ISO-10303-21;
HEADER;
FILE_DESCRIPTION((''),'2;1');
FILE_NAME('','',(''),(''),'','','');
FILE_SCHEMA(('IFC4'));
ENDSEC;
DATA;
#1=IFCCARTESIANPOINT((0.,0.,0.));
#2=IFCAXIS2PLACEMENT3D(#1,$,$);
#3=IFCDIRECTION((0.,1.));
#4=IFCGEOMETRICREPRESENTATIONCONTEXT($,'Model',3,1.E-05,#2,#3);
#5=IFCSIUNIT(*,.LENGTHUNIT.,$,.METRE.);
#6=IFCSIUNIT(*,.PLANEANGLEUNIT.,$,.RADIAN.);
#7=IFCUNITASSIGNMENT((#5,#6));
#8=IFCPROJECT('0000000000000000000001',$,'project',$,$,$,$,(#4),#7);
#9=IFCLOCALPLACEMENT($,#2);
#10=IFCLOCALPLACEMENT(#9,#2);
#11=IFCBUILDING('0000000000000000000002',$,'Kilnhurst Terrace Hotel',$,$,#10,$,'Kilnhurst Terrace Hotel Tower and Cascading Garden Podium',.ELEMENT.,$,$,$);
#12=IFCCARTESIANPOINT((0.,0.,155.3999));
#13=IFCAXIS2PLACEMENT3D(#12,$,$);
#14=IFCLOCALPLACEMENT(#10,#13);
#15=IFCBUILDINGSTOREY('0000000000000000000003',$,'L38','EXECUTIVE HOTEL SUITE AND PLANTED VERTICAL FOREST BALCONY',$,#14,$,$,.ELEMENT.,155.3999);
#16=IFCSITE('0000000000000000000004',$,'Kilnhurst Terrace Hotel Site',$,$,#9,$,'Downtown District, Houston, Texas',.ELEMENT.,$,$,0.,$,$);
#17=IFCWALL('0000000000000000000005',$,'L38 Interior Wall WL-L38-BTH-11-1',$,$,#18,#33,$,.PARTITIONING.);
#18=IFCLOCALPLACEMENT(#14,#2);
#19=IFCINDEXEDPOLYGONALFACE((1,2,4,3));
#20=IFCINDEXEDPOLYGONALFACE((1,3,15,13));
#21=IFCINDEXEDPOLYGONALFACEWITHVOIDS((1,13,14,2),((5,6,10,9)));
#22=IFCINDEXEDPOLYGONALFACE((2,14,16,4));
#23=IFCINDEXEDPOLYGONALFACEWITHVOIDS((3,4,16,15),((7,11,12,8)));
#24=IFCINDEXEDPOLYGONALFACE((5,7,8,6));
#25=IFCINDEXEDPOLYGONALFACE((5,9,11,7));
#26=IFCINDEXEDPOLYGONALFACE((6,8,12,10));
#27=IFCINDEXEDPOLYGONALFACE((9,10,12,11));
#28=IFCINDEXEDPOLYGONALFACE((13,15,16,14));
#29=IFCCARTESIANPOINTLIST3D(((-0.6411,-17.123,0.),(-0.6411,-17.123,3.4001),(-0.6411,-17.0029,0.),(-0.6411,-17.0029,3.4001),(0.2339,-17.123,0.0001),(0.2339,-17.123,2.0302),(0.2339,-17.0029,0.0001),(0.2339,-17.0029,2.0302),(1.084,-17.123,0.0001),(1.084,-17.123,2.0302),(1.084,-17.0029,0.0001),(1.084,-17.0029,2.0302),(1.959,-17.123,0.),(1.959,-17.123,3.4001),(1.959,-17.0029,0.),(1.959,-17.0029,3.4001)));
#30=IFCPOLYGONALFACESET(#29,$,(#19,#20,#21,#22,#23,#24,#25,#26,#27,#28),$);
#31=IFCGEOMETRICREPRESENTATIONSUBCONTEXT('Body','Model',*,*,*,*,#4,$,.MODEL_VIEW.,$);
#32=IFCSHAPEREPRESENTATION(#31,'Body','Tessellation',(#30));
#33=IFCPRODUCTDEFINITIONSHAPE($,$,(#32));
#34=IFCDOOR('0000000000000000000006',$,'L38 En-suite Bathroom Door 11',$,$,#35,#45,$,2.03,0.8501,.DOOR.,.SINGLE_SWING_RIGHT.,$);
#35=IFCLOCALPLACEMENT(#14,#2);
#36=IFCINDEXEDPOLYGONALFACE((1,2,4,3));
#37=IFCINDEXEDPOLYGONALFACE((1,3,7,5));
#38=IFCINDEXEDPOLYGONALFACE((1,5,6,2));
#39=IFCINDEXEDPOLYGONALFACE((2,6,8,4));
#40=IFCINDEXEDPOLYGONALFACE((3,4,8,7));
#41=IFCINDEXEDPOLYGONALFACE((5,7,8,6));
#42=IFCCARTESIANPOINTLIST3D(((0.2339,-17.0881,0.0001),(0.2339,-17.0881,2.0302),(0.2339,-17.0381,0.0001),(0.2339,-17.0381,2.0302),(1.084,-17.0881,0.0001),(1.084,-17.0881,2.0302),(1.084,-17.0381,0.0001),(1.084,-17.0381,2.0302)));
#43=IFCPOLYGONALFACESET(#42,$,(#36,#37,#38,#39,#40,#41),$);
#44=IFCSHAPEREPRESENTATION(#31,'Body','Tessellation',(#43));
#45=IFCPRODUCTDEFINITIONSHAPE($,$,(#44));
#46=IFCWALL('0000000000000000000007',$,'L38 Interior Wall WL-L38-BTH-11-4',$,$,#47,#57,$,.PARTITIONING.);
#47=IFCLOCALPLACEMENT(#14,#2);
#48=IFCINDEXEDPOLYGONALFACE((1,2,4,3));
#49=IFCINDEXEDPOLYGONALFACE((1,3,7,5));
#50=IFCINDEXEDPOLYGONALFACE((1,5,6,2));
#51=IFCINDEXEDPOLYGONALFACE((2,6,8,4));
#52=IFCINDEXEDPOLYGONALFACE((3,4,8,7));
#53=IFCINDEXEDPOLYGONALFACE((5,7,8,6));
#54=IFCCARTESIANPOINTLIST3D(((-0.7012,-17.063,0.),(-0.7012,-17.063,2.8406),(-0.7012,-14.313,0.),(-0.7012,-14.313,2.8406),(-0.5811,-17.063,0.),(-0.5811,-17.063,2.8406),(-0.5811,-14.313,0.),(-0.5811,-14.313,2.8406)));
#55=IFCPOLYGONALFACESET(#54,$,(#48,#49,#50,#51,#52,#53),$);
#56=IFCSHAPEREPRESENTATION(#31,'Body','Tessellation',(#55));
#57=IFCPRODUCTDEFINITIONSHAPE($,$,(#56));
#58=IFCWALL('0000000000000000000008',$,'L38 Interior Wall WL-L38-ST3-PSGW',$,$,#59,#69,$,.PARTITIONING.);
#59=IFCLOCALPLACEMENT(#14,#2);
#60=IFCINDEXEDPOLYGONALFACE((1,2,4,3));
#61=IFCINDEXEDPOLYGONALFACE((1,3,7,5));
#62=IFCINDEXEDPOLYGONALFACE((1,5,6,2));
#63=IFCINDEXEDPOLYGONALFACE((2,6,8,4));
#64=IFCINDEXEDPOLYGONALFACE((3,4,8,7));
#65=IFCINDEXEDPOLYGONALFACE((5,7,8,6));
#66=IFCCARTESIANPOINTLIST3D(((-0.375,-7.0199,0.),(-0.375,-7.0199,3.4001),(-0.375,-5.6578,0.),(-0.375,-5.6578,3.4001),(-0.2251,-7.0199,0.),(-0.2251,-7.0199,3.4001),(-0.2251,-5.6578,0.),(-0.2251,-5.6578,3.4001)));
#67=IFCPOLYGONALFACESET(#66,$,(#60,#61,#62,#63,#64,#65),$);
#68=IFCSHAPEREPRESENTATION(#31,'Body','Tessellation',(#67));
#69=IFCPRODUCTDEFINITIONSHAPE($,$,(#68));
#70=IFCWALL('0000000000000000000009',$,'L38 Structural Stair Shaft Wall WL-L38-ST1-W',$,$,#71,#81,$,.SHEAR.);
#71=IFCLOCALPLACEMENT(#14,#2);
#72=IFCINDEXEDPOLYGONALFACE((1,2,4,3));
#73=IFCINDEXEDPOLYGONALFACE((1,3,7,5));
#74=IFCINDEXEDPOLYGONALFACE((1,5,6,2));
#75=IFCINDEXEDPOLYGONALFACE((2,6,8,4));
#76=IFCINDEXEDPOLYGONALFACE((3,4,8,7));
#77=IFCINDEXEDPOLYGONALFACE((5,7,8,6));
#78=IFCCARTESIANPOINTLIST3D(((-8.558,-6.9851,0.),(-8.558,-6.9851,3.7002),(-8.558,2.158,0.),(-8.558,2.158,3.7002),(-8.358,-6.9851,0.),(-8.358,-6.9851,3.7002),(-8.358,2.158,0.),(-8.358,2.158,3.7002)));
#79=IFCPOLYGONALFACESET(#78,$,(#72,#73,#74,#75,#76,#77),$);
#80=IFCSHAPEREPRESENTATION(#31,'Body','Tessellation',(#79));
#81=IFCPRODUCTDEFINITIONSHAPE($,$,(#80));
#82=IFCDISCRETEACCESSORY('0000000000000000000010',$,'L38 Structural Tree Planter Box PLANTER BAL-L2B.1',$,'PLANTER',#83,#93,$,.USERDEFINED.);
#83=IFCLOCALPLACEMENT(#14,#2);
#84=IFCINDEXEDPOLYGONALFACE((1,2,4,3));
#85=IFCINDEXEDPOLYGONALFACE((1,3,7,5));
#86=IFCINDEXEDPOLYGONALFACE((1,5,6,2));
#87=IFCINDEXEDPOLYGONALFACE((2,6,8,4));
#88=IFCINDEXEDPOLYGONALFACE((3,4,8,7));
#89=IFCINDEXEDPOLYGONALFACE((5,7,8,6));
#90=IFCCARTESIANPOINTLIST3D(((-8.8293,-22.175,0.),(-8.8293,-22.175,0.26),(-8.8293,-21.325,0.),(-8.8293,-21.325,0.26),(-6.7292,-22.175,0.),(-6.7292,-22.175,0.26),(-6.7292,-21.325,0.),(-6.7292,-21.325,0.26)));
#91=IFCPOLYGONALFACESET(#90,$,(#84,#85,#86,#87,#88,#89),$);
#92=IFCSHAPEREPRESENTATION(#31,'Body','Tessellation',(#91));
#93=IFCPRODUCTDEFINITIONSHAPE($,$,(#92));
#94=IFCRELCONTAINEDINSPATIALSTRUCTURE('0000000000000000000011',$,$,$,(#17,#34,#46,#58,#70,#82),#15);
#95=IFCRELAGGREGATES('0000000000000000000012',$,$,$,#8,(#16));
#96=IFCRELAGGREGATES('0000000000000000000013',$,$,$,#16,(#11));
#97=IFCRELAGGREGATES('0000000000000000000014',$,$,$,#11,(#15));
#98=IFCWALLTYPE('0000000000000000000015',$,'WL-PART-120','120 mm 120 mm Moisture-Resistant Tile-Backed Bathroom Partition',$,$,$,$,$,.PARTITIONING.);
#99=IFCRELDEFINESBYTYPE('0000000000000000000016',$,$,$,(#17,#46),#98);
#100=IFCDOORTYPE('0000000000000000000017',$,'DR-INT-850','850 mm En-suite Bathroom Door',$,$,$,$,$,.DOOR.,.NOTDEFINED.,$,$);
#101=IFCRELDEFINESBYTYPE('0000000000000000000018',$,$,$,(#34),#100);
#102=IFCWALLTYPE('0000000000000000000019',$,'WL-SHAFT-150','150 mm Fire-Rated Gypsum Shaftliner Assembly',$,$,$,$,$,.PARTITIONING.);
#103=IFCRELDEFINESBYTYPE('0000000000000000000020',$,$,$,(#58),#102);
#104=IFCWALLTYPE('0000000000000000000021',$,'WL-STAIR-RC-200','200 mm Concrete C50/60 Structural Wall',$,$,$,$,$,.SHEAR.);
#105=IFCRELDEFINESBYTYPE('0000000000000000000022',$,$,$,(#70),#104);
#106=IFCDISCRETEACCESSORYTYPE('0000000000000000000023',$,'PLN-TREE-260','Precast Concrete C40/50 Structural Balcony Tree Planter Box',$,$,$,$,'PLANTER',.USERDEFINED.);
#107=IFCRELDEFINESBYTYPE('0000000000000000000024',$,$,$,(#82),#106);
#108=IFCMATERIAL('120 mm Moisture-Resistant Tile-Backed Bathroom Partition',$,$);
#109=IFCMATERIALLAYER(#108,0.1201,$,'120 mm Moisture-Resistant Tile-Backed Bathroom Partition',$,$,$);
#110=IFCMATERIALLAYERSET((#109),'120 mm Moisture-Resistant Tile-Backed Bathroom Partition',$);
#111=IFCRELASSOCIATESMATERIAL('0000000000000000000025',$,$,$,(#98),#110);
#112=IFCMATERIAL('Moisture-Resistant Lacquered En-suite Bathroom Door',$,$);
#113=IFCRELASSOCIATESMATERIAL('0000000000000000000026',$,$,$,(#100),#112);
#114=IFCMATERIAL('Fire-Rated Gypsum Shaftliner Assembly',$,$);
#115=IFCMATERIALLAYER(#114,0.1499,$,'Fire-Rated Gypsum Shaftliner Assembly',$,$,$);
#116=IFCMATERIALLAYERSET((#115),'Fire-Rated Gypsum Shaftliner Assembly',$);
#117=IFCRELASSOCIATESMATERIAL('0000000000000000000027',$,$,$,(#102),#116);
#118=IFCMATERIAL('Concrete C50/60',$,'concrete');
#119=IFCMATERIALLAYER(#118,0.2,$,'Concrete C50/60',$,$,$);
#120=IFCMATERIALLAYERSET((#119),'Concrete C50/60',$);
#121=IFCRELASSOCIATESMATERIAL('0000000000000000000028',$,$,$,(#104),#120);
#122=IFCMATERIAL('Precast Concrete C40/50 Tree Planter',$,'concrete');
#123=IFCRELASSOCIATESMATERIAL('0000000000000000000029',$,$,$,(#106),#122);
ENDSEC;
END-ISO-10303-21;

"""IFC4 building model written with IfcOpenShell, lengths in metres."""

from ifc_helpers import new_model, si_unit, direction, frame, frame_2d, origin, origin_2d, place, context, subcontext, project, spatial, rectangle, extrude, material, layer, layer_set, type_object, element, fill, save


model = new_model("IFC4")

# Units and contexts
model_context = context("Model", 3, precision=1e-05, world=origin(), true_north=direction((0.0, 1.0)))
body_context = subcontext(model_context, "Body", "Model", "MODEL_VIEW")
ifc_project = project(units=[si_unit("LENGTHUNIT", "METRE"), si_unit("PLANEANGLEUNIT", "RADIAN")], contexts=[model_context])

# Site, building, storey
site_placement = place(None, origin())
site = spatial("IfcSite", under=ifc_project, at=site_placement, Name="Kilnhurst Terrace Hotel Site", LongName="Downtown District, Houston, Texas", CompositionType="ELEMENT", RefElevation=0.0)
building_placement = place(site_placement, origin())
building = spatial("IfcBuilding", under=site, at=building_placement, Name="Kilnhurst Terrace Hotel", LongName="Kilnhurst Terrace Hotel Tower and Cascading Garden Podium", CompositionType="ELEMENT")
storey_placement = place(building_placement, frame((0.0, 0.0, 155.3999)))
storey = spatial("IfcBuildingStorey", under=building, at=storey_placement, Name="L38", Description="EXECUTIVE HOTEL SUITE AND PLANTED VERTICAL FOREST BALCONY", CompositionType="ELEMENT", Elevation=155.3999)

# Shared definitions
ifc_material_1 = material(Name="Concrete C50/60", Category="concrete")

# Shared definitions
ifc_material_2 = material(Name="120 mm Moisture-Resistant Tile-Backed Bathroom Partition")
ifc_layer_1 = layer(ifc_material_2, 0.1201, Name="120 mm Moisture-Resistant Tile-Backed Bathroom Partition")
ifc_layer_set_1 = layer_set([ifc_layer_1], Name="120 mm Moisture-Resistant Tile-Backed Bathroom Partition")
wall_type_1 = type_object("IfcWallType", Name="WL-PART-120", Description="120 mm 120 mm Moisture-Resistant Tile-Backed Bathroom Partition", PredefinedType="PARTITIONING", material=ifc_layer_set_1)

# Wall, opening, door
wall_1_placement = place(storey_placement, frame((-0.6411, -17.063, 0.0), z_axis=(0.0, 0.0, 1.0), x_axis=(1.0, 0.0, 0.0)))
wall_1 = element("IfcWall", 1, at=wall_1_placement, inside=storey, type_object=wall_type_1, Name="L38 Interior Wall WL-L38-BTH-11-1", PredefinedType="PARTITIONING", context=body_context, shape_type="SweptSolid", body=[
    extrude(rectangle(XDim=2.6001, YDim=0.1201, at=frame_2d((1.3, 0.0))), origin(), (0.0, 0.0, 1.0), 3.4001),
])
opening_1_placement = place(wall_1_placement, frame((0.875, 0.0, 0.0)))
opening_1 = element("IfcOpeningElement", 2, at=opening_1_placement, cuts=wall_1, PredefinedType="OPENING", context=body_context, shape_type="SweptSolid", body=[
    extrude(rectangle(XDim=0.8501, YDim=2.03, at=frame_2d((0.425, 1.0151))), frame((0.0, 0.0701, 0.0), z_axis=(0.0, -1.0, 0.0), x_axis=(1.0, 0.0, 0.0)), (0.0, 0.0, 1.0), 0.1401),
])
ifc_material_3 = material(Name="Moisture-Resistant Lacquered En-suite Bathroom Door")
door_type_1 = type_object("IfcDoorType", Name="DR-INT-850", Description="850 mm En-suite Bathroom Door", OperationType="NOTDEFINED", PredefinedType="DOOR", material=ifc_material_3)
door_1_placement = place(opening_1_placement, origin())
door_1 = element("IfcDoor", 3, at=door_1_placement, inside=storey, type_object=door_type_1, Name="L38 En-suite Bathroom Door 11", OperationType="SINGLE_SWING_RIGHT", OverallHeight=2.03, OverallWidth=0.8501, PredefinedType="DOOR", context=body_context, shape_type="SweptSolid", body=[
    extrude(rectangle(XDim=0.8501, YDim=2.03, at=frame_2d((0.425, 1.0151))), frame((0.0, 0.0249, 0.0), z_axis=(0.0, -1.0, 0.0), x_axis=(1.0, 0.0, 0.0)), (0.0, 0.0, 1.0), 0.05),
])
fill(opening_1, door_1)

# Walls
wall_2_placement = place(storey_placement, frame((-0.6411, -14.313, 0.0), z_axis=(0.0, 0.0, 1.0), x_axis=(0.0, -1.0, 0.0)))
element("IfcWall", 4, at=wall_2_placement, inside=storey, type_object=wall_type_1, Name="L38 Interior Wall WL-L38-BTH-11-4", PredefinedType="PARTITIONING", context=body_context, shape_type="SweptSolid", body=[
    extrude(rectangle(XDim=2.75, YDim=0.1201, at=frame_2d((1.375, 0.0))), origin(), (0.0, 0.0, 1.0), 2.8406),
])
ifc_material_4 = material(Name="Fire-Rated Gypsum Shaftliner Assembly")
ifc_layer_2 = layer(ifc_material_4, 0.1499, Name="Fire-Rated Gypsum Shaftliner Assembly")
ifc_layer_set_2 = layer_set([ifc_layer_2], Name="Fire-Rated Gypsum Shaftliner Assembly")
wall_type_2 = type_object("IfcWallType", Name="WL-SHAFT-150", Description="150 mm Fire-Rated Gypsum Shaftliner Assembly", PredefinedType="PARTITIONING", material=ifc_layer_set_2)
wall_3_placement = place(storey_placement, frame((-0.3, -7.02, 0.0), z_axis=(0.0, 0.0, 1.0), x_axis=(0.0, 1.0, 0.0)))
element("IfcWall", 5, at=wall_3_placement, inside=storey, type_object=wall_type_2, Name="L38 Interior Wall WL-L38-ST3-PSGW", PredefinedType="PARTITIONING", context=body_context, shape_type="SweptSolid", body=[
    extrude(rectangle(XDim=1.3621, YDim=0.1499, at=frame_2d((0.6812, 0.0))), origin(), (0.0, 0.0, 1.0), 3.4001),
])
ifc_layer_3 = layer(ifc_material_1, 0.2, Name="Concrete C50/60")
ifc_layer_set_3 = layer_set([ifc_layer_3], Name="Concrete C50/60")
wall_type_3 = type_object("IfcWallType", Name="WL-STAIR-RC-200", Description="200 mm Concrete C50/60 Structural Wall", PredefinedType="SHEAR", material=ifc_layer_set_3)
wall_4_placement = place(storey_placement, frame((-8.458, -6.9851, 0.0), z_axis=(0.0, 0.0, 1.0), x_axis=(0.0, 1.0, 0.0)))
element("IfcWall", 6, at=wall_4_placement, inside=storey, type_object=wall_type_3, Name="L38 Structural Stair Shaft Wall WL-L38-ST1-W", PredefinedType="SHEAR", context=body_context, shape_type="SweptSolid", body=[
    extrude(rectangle(XDim=9.1431, YDim=0.2, at=frame_2d((4.5715, 0.0))), origin(), (0.0, 0.0, 1.0), 3.7002),
])

# Discrete accessory
ifc_material_5 = material(Name="Precast Concrete C40/50 Tree Planter", Category="concrete")
discrete_accessory_type = type_object("IfcDiscreteAccessoryType", Name="PLN-TREE-260", Description="Precast Concrete C40/50 Structural Balcony Tree Planter Box", ElementType="PLANTER", PredefinedType="USERDEFINED", material=ifc_material_5)
discrete_accessory_placement = place(storey_placement, frame((-7.7793, -21.75, 0.0), z_axis=(0.0, 0.0, 1.0), x_axis=(1.0, 0.0, 0.0)))
element("IfcDiscreteAccessory", 7, at=discrete_accessory_placement, inside=storey, type_object=discrete_accessory_type, Name="L38 Structural Tree Planter Box PLANTER BAL-L2B.1", ObjectType="PLANTER", PredefinedType="USERDEFINED", context=body_context, shape_type="SweptSolid", body=[
    extrude(rectangle(XDim=2.1001, YDim=0.8501, at=origin_2d()), origin(), (0.0, 0.0, 1.0), 0.26),
])

save(model, "model.ifc")
